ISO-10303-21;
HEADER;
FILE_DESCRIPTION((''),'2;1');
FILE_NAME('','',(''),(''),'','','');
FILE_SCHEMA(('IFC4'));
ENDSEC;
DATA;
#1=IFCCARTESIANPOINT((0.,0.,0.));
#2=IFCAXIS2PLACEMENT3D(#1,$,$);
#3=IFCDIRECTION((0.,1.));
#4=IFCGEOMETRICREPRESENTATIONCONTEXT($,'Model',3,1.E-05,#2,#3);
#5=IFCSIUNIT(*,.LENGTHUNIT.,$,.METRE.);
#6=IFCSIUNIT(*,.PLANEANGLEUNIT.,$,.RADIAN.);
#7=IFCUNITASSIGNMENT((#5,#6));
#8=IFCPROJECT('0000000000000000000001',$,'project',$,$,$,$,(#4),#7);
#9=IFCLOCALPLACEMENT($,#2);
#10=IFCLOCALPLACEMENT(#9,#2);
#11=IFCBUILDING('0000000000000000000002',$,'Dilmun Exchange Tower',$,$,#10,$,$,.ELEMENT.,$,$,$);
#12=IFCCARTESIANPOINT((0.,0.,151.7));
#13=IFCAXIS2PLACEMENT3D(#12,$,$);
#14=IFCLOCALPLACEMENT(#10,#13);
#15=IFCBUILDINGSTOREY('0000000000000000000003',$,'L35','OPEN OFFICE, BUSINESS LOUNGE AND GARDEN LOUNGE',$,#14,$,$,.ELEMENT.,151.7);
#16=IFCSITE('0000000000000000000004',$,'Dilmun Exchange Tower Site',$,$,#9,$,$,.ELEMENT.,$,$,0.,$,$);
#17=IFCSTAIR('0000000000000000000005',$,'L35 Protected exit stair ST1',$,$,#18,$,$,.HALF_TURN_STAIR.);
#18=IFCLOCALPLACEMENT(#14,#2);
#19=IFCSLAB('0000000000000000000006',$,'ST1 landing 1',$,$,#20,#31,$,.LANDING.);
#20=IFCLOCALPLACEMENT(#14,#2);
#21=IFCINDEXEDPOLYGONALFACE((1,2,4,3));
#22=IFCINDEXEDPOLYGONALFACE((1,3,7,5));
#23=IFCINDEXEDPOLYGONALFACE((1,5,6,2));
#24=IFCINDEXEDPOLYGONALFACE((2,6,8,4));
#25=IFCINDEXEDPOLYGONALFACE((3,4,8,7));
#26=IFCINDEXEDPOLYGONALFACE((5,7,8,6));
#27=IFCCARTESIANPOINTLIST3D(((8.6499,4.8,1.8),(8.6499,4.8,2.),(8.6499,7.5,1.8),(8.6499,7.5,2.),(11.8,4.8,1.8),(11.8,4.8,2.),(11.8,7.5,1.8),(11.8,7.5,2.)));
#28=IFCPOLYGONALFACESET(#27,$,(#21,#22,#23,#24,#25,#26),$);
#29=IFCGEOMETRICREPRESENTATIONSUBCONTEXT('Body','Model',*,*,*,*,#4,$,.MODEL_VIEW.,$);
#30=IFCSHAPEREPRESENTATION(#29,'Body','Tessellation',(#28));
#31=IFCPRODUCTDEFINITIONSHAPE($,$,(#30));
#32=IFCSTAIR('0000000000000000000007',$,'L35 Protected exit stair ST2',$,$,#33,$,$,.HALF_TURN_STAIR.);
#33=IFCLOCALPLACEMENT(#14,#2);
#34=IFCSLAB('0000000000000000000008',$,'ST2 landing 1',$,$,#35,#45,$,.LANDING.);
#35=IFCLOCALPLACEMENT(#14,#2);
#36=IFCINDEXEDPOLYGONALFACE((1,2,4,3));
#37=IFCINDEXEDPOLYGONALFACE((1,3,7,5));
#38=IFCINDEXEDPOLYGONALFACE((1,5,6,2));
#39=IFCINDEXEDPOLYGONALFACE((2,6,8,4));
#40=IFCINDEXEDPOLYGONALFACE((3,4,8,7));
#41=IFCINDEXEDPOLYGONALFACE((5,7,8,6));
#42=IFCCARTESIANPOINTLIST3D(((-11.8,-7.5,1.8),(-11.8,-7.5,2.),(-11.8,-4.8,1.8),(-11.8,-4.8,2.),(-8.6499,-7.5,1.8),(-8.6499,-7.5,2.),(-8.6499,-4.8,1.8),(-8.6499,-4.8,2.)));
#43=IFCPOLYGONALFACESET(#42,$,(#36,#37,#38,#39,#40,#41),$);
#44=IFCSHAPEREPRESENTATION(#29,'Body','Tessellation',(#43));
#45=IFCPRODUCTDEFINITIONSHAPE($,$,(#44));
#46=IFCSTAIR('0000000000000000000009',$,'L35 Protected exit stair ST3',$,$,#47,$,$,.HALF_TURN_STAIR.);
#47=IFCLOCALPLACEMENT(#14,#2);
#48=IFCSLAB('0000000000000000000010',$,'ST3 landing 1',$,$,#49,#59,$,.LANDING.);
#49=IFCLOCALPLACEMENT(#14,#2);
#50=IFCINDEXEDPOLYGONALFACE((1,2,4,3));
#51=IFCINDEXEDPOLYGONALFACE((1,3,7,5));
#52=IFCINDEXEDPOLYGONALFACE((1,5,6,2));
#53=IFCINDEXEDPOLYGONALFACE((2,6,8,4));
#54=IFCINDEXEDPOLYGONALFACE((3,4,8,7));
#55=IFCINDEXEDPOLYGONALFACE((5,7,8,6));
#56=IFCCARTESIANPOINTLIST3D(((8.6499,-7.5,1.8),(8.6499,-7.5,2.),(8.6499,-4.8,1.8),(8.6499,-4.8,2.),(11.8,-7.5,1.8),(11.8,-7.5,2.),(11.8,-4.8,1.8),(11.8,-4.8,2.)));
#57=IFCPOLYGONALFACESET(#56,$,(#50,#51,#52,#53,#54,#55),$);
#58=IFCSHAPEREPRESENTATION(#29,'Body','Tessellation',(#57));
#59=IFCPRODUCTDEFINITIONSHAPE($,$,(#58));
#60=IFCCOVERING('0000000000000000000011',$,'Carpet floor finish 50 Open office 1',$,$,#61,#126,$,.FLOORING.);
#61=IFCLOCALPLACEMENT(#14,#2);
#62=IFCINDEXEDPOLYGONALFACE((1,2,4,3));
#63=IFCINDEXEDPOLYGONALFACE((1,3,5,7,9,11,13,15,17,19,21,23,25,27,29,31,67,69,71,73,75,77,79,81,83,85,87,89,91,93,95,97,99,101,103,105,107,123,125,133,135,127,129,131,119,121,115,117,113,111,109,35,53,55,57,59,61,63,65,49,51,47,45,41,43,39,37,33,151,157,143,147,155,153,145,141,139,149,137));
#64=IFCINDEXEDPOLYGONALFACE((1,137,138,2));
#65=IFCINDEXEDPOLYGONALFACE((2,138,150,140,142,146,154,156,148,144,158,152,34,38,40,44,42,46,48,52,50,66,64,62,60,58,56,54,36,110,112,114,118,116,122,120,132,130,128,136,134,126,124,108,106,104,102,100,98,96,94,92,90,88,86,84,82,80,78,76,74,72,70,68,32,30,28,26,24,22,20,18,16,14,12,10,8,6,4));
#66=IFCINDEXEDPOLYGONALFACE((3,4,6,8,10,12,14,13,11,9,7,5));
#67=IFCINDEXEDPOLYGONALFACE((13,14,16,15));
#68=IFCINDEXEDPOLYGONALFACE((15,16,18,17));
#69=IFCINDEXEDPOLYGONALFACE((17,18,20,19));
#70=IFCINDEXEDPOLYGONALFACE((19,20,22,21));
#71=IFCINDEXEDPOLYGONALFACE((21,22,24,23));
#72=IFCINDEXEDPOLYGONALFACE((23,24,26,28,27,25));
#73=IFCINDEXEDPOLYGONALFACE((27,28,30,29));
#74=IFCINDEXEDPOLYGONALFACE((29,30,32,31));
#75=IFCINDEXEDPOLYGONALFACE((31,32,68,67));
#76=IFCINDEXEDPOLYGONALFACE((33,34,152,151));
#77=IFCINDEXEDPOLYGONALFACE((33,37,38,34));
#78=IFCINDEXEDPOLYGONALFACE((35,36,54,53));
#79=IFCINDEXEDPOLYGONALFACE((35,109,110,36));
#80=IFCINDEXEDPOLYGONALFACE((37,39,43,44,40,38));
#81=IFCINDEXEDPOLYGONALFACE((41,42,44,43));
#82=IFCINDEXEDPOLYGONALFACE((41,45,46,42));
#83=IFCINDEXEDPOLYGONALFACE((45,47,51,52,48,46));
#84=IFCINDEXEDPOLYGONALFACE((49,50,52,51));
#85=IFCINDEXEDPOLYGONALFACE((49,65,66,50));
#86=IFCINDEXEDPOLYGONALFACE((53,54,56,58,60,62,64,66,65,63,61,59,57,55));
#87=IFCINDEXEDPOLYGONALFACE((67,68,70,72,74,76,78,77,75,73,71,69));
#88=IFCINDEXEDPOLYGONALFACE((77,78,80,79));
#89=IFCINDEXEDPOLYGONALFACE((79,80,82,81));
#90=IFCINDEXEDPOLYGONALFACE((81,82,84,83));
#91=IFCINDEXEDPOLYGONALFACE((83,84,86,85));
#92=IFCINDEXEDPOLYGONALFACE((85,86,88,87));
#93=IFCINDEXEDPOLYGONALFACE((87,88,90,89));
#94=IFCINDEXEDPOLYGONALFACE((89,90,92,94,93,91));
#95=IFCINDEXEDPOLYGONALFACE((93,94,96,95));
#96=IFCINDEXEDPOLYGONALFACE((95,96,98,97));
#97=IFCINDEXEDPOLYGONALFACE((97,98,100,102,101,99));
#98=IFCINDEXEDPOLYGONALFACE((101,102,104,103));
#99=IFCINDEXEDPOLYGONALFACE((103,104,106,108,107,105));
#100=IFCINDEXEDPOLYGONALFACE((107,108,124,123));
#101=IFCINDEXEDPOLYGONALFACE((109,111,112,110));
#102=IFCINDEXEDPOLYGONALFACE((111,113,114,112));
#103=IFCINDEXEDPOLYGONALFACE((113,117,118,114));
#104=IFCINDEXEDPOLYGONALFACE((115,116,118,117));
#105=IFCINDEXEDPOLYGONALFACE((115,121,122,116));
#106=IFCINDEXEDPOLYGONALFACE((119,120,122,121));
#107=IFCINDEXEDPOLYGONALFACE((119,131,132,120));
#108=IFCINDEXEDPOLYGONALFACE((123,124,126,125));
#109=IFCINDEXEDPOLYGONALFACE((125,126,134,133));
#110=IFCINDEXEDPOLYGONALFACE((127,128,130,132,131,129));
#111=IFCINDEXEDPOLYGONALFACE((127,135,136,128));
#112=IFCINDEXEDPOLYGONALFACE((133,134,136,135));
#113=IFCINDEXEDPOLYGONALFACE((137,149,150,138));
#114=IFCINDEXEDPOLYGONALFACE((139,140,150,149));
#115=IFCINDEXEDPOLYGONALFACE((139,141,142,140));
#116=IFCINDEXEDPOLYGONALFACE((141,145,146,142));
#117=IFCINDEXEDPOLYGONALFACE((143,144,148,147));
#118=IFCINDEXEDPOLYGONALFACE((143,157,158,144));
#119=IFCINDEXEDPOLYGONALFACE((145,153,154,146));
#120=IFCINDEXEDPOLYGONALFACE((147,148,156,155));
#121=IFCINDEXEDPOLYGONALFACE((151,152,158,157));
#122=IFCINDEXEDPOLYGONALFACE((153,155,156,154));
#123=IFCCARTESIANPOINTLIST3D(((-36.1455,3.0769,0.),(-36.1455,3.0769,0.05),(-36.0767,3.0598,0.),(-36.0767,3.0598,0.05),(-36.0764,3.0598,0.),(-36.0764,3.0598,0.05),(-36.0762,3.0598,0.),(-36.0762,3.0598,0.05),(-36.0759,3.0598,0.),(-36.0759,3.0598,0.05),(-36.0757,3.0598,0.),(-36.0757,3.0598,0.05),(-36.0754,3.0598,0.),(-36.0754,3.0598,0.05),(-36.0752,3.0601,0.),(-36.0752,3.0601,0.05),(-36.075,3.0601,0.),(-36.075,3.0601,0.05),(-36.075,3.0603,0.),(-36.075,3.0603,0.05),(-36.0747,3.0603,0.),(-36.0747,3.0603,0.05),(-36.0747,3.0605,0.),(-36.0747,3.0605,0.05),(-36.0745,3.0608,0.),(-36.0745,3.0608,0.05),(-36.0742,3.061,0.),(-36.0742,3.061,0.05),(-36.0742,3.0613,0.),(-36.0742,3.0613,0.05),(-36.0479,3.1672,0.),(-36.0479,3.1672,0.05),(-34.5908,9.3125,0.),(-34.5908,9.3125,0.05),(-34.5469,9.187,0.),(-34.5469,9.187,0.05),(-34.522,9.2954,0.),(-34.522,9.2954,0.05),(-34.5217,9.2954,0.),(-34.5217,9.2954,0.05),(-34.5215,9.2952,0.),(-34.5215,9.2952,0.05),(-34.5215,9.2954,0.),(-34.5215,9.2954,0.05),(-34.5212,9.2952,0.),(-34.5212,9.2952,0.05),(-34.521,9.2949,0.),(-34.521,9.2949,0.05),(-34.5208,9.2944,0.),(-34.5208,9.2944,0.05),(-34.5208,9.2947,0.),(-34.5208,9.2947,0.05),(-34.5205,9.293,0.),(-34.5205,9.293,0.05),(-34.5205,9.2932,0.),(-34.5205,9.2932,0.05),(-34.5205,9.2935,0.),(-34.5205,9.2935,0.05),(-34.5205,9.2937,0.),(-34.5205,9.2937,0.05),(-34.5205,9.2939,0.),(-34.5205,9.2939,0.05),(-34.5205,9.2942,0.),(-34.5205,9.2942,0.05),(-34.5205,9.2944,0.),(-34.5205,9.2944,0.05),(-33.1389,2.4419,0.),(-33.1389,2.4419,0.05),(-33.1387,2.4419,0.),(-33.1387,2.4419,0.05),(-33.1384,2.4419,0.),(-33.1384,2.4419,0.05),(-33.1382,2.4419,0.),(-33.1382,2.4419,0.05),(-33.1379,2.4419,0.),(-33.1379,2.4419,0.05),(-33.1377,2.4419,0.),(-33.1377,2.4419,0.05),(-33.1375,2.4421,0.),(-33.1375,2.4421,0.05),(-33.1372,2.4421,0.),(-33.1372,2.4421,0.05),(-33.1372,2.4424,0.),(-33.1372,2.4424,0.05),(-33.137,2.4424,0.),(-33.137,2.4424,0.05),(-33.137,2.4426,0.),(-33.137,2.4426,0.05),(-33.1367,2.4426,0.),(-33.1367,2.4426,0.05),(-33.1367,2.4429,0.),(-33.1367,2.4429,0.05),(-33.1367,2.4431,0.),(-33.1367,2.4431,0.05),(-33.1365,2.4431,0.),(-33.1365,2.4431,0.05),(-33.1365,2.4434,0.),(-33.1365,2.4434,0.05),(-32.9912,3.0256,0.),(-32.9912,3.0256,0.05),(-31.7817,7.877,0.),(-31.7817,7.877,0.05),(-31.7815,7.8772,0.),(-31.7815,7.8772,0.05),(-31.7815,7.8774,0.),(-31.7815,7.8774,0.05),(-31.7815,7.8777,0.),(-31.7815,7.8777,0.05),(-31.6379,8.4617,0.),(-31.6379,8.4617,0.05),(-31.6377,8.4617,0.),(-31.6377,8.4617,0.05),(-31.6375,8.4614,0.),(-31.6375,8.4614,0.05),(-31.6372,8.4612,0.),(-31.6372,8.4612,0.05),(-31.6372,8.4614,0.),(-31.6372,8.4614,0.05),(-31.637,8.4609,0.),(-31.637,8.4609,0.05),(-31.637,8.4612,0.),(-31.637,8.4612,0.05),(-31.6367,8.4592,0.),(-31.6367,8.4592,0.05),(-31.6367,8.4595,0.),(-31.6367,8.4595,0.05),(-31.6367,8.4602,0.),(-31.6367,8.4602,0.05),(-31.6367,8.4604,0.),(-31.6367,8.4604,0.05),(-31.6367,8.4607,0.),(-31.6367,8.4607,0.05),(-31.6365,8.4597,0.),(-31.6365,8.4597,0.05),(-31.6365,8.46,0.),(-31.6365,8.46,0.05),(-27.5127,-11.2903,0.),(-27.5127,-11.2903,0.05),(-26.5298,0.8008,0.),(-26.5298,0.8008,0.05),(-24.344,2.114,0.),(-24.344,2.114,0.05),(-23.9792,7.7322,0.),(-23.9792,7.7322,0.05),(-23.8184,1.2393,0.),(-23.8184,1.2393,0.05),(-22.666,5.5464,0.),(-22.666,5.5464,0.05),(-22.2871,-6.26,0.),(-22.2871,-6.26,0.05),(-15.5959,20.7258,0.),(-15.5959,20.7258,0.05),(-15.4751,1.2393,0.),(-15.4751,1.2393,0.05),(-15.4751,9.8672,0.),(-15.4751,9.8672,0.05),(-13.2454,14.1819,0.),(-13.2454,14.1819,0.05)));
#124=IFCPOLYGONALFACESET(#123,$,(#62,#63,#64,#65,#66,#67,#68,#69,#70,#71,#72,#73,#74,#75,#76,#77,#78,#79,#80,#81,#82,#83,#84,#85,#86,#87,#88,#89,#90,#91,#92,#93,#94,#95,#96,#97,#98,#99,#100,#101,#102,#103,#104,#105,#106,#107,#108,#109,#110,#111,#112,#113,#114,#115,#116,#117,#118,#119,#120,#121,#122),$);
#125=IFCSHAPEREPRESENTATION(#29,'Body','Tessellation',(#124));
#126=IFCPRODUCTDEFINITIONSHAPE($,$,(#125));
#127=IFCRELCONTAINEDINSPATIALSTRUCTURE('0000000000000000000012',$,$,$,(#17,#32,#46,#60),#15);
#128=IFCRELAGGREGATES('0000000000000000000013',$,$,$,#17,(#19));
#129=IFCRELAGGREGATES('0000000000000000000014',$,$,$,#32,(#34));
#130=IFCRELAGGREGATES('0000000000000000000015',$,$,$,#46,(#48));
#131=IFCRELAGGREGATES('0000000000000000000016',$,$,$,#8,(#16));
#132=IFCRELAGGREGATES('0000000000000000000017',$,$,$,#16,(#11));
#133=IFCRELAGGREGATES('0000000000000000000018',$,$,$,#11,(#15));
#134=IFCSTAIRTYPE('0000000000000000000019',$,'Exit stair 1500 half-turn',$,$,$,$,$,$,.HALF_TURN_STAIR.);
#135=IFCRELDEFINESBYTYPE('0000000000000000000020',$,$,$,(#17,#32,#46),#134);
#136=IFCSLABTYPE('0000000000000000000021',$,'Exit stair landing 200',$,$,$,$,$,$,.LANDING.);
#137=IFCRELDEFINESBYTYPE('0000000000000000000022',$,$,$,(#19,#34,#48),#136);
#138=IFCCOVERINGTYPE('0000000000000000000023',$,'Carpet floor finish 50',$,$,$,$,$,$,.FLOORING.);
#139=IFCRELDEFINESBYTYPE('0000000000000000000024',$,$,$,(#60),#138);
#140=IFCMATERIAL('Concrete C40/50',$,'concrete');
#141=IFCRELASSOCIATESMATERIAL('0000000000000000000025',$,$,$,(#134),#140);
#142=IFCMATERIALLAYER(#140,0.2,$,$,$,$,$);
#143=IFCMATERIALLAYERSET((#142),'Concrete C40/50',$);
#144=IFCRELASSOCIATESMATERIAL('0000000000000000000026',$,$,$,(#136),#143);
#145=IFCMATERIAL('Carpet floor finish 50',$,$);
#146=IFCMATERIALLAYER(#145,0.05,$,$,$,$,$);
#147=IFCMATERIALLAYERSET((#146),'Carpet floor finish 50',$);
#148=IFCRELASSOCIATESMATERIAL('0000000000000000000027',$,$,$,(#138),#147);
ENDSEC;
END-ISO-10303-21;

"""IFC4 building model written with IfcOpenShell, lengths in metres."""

from ifc_helpers import new_model, si_unit, direction, frame, origin, place, context, subcontext, project, spatial, polyline, outline, extrude, material, layer, layer_set, type_object, element, aggregate, save


model = new_model("IFC4")

# Units and contexts
model_context = context("Model", 3, precision=1e-05, world=origin(), true_north=direction((0.0, 1.0)))
body_context = subcontext(model_context, "Body", "Model", "MODEL_VIEW")
ifc_project = project(units=[si_unit("LENGTHUNIT", "METRE"), si_unit("PLANEANGLEUNIT", "RADIAN")], contexts=[model_context])

# Site, building, storey
site_placement = place(None, origin())
site = spatial("IfcSite", under=ifc_project, at=site_placement, Name="Dilmun Exchange Tower Site", CompositionType="ELEMENT", RefElevation=0.0)
building_placement = place(site_placement, origin())
building = spatial("IfcBuilding", under=site, at=building_placement, Name="Dilmun Exchange Tower", CompositionType="ELEMENT")
storey_placement = place(building_placement, frame((0.0, 0.0, 151.7)))
storey = spatial("IfcBuildingStorey", under=building, at=storey_placement, Name="L35", Description="OPEN OFFICE, BUSINESS LOUNGE AND GARDEN LOUNGE", CompositionType="ELEMENT", Elevation=151.7)

# Stairs, slabs
ifc_material_1 = material(Name="Concrete C40/50", Category="concrete")
stair_type = type_object("IfcStairType", Name="Exit stair 1500 half-turn", PredefinedType="HALF_TURN_STAIR", material=ifc_material_1)
stair_1_placement = place(storey_placement, origin())
stair_1 = element("IfcStair", 1, at=stair_1_placement, inside=storey, type_object=stair_type, Name="L35 Protected exit stair ST1", PredefinedType="HALF_TURN_STAIR")
ifc_layer_1 = layer(ifc_material_1, 0.2)
ifc_layer_set_1 = layer_set([ifc_layer_1], Name="Concrete C40/50")
slab_type = type_object("IfcSlabType", Name="Exit stair landing 200", PredefinedType="LANDING", material=ifc_layer_set_1)
slab_1_placement = place(storey_placement, frame((0.0, 0.0, 1.8)))
slab_1 = element("IfcSlab", 2, at=slab_1_placement, type_object=slab_type, Name="ST1 landing 1", PredefinedType="LANDING", context=body_context, shape_type="SweptSolid", body=[
    extrude(outline(polyline([(8.6499, 7.5), (8.6499, 4.8), (11.8, 4.8), (11.8, 7.5), (8.6499, 7.5)])), origin(), (0.0, 0.0, 1.0), 0.2),
])
aggregate(stair_1, [slab_1])
stair_2_placement = place(storey_placement, origin())
stair_2 = element("IfcStair", 3, at=stair_2_placement, inside=storey, type_object=stair_type, Name="L35 Protected exit stair ST2", PredefinedType="HALF_TURN_STAIR")
slab_2_placement = place(storey_placement, frame((0.0, 0.0, 1.8)))
slab_2 = element("IfcSlab", 4, at=slab_2_placement, type_object=slab_type, Name="ST2 landing 1", PredefinedType="LANDING", context=body_context, shape_type="SweptSolid", body=[
    extrude(outline(polyline([(-8.6499, -7.5), (-8.6499, -4.8), (-11.8, -4.8), (-11.8, -7.5), (-8.6499, -7.5)])), origin(), (0.0, 0.0, 1.0), 0.2),
])
aggregate(stair_2, [slab_2])
stair_3_placement = place(storey_placement, origin())
stair_3 = element("IfcStair", 5, at=stair_3_placement, inside=storey, type_object=stair_type, Name="L35 Protected exit stair ST3", PredefinedType="HALF_TURN_STAIR")
slab_3_placement = place(storey_placement, frame((0.0, 0.0, 1.8)))
slab_3 = element("IfcSlab", 6, at=slab_3_placement, type_object=slab_type, Name="ST3 landing 1", PredefinedType="LANDING", context=body_context, shape_type="SweptSolid", body=[
    extrude(outline(polyline([(11.8, -7.5), (11.8, -4.8), (8.6499, -4.8), (8.6499, -7.5), (11.8, -7.5)])), origin(), (0.0, 0.0, 1.0), 0.2),
])
aggregate(stair_3, [slab_3])

# Covering
ifc_material_2 = material(Name="Carpet floor finish 50")
ifc_layer_2 = layer(ifc_material_2, 0.05)
ifc_layer_set_2 = layer_set([ifc_layer_2], Name="Carpet floor finish 50")
covering_type_1 = type_object("IfcCoveringType", Name="Carpet floor finish 50", PredefinedType="FLOORING", material=ifc_layer_set_2)
covering_1_placement = place(storey_placement, origin())
element("IfcCovering", 7, at=covering_1_placement, inside=storey, type_object=covering_type_1, Name="Carpet floor finish 50 Open office 1", PredefinedType="FLOORING", context=body_context, shape_type="SweptSolid", body=[
    extrude(outline(polyline([(-13.2454, 14.1819), (-23.9792, 7.7322), (-22.666, 5.5464), (-15.4751, 9.8672), (-15.4751, 1.2393), (-23.8184, 1.2393), (-24.344, 2.114), (-26.5298, 0.8008), (-22.2871, -6.26), (-27.5127, -11.2903), (-36.1455, 3.0769), (-36.0767, 3.0598), (-36.0764, 3.0598), (-36.0764, 3.0598), (-36.0762, 3.0598), (-36.0759, 3.0598), (-36.0757, 3.0598), (-36.0754, 3.0598), (-36.0754, 3.0598), (-36.0752, 3.0601), (-36.075, 3.0601), (-36.075, 3.0603), (-36.0747, 3.0603), (-36.0747, 3.0605), (-36.0745, 3.0608), (-36.0745, 3.0608), (-36.0742, 3.061), (-36.0742, 3.0613), (-36.0479, 3.1672), (-33.1389, 2.4419), (-33.1387, 2.4419), (-33.1384, 2.4419), (-33.1382, 2.4419), (-33.1382, 2.4419), (-33.1379, 2.4419), (-33.1377, 2.4419), (-33.1375, 2.4421), (-33.1372, 2.4421), (-33.1372, 2.4424), (-33.137, 2.4424), (-33.137, 2.4426), (-33.1367, 2.4426), (-33.1367, 2.4429), (-33.1367, 2.4431), (-33.1365, 2.4431), (-33.1365, 2.4434), (-32.9912, 3.0256), (-32.9912, 3.0256), (-32.9912, 3.0256), (-31.7817, 7.877), (-31.7815, 7.8772), (-31.7815, 7.8774), (-31.7815, 7.8777), (-31.6367, 8.4592), (-31.6367, 8.4595), (-31.6365, 8.4597), (-31.6365, 8.46), (-31.6367, 8.4602), (-31.6367, 8.4602), (-31.6367, 8.4604), (-31.6367, 8.4607), (-31.6367, 8.4607), (-31.637, 8.4609), (-31.637, 8.4612), (-31.6372, 8.4612), (-31.6372, 8.4614), (-31.6375, 8.4614), (-31.6377, 8.4617), (-31.6379, 8.4617), (-31.6379, 8.4617), (-34.5469, 9.187), (-34.5205, 9.293), (-34.5205, 9.2932), (-34.5205, 9.2935), (-34.5205, 9.2937), (-34.5205, 9.2937), (-34.5205, 9.2939), (-34.5205, 9.2942), (-34.5205, 9.2944), (-34.5208, 9.2944), (-34.5208, 9.2947), (-34.521, 9.2949), (-34.521, 9.2949), (-34.5212, 9.2952), (-34.5215, 9.2952), (-34.5215, 9.2954), (-34.5217, 9.2954), (-34.522, 9.2954), (-34.5908, 9.3125), (-15.5959, 20.7258), (-13.2454, 14.1819)])), origin(), (0.0, 0.0, 1.0), 0.05),
])

save(model, "model.ifc")
